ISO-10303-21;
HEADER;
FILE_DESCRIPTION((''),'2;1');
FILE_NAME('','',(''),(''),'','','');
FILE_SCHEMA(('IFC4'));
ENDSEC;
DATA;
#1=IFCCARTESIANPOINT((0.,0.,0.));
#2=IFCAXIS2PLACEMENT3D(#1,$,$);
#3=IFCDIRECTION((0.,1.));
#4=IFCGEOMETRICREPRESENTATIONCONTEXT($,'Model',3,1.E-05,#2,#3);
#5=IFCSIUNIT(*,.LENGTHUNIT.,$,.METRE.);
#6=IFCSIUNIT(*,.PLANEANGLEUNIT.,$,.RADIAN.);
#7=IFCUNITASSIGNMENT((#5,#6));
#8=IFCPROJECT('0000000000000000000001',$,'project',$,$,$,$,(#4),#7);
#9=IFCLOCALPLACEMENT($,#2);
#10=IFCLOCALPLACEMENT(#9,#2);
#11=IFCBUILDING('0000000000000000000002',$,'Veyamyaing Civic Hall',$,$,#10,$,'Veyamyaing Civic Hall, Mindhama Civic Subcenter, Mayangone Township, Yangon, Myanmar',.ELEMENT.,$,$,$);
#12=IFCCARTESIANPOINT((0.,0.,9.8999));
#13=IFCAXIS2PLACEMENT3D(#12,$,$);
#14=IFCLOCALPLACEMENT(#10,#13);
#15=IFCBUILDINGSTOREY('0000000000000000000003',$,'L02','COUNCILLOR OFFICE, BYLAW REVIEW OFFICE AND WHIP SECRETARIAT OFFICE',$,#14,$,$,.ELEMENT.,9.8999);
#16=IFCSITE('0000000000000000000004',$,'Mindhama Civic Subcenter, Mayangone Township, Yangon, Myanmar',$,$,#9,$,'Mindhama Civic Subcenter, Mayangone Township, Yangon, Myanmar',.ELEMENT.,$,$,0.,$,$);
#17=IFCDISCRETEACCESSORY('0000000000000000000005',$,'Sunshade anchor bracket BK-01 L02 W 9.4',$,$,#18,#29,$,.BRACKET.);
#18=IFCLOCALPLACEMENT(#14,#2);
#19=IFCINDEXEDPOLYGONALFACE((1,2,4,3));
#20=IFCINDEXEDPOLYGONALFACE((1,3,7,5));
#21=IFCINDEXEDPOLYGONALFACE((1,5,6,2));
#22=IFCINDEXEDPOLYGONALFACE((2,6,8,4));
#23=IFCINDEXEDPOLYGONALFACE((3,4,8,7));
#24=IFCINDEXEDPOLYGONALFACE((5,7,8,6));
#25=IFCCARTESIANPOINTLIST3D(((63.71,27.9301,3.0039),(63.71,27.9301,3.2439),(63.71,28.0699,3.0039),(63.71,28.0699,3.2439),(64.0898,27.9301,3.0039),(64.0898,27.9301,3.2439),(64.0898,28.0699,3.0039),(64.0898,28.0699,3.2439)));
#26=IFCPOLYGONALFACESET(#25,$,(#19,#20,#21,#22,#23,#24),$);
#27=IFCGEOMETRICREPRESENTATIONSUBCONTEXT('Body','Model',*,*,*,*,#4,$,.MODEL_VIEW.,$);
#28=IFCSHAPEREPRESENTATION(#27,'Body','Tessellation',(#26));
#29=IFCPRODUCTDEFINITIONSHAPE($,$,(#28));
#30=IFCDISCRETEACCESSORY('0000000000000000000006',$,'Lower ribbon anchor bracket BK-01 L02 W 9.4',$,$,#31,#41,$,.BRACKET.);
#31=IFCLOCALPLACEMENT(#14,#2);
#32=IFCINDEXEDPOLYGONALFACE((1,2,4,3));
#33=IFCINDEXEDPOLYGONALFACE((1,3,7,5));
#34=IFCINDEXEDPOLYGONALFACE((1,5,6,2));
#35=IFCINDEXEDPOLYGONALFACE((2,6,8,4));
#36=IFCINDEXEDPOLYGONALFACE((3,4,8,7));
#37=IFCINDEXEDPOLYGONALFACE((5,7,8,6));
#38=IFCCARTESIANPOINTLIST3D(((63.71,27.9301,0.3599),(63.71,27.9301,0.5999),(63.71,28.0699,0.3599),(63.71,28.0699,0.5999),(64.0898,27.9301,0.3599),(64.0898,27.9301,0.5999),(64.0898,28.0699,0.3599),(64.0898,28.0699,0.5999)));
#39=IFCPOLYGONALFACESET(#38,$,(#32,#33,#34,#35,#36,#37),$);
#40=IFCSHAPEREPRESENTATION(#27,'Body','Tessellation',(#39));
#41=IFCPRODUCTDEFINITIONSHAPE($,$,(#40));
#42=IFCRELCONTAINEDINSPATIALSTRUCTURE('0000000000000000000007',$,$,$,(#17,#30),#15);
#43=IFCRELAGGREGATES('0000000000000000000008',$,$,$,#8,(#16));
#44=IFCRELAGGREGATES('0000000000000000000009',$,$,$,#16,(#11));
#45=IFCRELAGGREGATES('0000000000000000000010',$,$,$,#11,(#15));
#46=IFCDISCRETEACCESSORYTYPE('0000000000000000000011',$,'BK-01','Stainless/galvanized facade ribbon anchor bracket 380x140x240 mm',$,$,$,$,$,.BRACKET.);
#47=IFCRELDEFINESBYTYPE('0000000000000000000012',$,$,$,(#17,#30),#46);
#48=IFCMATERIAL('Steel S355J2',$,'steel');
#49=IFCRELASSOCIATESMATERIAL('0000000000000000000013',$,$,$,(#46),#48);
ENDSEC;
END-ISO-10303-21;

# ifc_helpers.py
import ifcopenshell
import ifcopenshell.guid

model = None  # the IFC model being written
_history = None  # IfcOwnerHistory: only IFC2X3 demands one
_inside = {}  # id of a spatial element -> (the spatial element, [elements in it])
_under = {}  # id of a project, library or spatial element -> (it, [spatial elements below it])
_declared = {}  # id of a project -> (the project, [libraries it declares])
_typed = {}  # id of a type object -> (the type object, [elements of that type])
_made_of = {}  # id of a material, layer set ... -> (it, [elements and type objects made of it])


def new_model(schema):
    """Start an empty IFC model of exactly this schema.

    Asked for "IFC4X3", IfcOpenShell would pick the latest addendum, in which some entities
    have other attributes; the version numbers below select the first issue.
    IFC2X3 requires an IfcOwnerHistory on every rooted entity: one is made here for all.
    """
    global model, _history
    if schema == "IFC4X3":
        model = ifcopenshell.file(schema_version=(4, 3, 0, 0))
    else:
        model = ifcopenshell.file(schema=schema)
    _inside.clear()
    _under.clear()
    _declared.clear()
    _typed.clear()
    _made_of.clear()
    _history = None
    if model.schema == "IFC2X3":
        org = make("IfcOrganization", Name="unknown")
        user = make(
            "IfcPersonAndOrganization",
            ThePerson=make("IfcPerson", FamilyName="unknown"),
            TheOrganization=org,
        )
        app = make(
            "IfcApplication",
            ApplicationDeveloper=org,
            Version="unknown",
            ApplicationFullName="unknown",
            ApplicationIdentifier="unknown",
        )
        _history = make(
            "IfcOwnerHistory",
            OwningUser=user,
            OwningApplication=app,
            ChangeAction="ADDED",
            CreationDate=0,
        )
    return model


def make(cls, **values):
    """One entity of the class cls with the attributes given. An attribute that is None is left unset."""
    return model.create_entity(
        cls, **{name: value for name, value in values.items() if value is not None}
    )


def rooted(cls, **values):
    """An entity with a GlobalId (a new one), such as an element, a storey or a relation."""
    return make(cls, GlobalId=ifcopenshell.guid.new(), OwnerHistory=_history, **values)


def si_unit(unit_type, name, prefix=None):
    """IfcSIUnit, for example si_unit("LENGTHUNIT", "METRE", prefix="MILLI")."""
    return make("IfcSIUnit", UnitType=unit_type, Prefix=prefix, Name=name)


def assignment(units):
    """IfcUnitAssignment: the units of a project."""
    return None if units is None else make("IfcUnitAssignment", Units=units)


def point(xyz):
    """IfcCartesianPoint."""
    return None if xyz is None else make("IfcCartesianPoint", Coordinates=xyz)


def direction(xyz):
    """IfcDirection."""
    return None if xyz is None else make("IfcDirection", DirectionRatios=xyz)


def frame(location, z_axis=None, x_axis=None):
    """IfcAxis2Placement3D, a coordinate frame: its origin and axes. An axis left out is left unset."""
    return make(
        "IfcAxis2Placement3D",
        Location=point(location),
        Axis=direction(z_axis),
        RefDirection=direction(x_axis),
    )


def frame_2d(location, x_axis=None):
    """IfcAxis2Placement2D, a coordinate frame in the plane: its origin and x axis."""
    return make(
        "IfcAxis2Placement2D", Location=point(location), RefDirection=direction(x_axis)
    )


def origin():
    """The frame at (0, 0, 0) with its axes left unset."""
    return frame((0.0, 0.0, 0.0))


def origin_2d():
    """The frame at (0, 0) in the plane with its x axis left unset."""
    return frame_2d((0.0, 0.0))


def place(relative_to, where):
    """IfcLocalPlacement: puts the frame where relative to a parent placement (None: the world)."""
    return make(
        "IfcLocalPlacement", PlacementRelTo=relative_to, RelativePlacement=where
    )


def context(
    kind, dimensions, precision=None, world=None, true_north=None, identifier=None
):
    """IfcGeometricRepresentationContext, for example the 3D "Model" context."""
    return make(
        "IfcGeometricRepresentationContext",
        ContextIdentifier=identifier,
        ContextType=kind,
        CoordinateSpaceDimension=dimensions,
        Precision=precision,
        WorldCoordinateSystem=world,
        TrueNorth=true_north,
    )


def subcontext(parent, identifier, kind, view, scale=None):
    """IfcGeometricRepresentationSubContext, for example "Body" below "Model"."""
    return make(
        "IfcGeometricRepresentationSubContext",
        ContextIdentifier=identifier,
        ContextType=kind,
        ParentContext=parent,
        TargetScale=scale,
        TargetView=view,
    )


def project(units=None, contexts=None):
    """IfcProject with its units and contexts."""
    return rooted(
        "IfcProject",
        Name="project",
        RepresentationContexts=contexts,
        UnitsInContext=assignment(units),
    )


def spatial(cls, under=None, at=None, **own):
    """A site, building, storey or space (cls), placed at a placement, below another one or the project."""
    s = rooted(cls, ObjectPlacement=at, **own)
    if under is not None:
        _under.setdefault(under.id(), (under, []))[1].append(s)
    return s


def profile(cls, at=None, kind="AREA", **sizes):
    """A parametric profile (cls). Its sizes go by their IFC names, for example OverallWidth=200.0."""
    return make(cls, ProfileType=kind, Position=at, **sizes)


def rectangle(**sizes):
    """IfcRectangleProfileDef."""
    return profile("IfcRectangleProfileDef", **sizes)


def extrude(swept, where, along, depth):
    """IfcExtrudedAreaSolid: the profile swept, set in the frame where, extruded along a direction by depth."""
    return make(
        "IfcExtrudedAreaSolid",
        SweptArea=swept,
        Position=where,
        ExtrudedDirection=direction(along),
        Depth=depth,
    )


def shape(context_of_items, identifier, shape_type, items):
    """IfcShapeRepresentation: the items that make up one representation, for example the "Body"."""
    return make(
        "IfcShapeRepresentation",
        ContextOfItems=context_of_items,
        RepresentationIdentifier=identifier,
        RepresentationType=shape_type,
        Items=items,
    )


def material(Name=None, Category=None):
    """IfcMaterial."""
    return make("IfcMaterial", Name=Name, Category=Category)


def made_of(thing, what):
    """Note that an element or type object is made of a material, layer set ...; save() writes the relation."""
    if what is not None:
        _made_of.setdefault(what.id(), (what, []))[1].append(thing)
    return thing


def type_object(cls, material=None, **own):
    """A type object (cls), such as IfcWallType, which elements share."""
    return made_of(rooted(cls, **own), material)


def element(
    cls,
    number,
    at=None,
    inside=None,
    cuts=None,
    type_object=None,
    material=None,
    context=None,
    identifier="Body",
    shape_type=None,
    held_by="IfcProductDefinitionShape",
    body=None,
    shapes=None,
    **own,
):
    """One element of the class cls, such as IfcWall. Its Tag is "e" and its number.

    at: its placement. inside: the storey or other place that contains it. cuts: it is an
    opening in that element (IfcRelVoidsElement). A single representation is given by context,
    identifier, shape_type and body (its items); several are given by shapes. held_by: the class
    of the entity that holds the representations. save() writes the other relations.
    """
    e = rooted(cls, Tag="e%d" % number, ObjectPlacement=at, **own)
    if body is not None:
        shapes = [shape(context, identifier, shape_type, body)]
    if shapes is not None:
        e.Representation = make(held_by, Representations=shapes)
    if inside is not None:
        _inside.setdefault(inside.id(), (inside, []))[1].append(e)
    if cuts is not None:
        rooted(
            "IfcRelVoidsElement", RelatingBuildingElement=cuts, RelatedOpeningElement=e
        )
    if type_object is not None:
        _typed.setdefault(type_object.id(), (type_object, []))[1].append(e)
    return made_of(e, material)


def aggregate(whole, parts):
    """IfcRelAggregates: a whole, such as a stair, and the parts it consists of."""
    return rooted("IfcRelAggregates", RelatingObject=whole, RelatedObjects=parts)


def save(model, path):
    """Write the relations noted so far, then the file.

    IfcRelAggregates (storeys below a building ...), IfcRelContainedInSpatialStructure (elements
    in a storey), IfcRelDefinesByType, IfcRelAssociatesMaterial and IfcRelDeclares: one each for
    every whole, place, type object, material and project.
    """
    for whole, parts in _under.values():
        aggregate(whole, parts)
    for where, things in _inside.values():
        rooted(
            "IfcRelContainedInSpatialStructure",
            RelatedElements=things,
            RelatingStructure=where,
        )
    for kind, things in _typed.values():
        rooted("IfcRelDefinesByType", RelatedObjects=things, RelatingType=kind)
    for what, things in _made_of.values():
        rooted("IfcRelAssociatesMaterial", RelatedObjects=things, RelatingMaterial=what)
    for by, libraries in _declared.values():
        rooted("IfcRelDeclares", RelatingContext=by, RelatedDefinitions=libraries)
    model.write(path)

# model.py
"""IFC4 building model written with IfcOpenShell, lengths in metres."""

from ifc_helpers import new_model, si_unit, direction, frame, origin, origin_2d, place, context, subcontext, project, spatial, rectangle, extrude, material, type_object, element, save


model = new_model("IFC4")

# Units and contexts
model_context = context("Model", 3, precision=1e-05, world=origin(), true_north=direction((0.0, 1.0)))
body_context = subcontext(model_context, "Body", "Model", "MODEL_VIEW")
ifc_project = project(units=[si_unit("LENGTHUNIT", "METRE"), si_unit("PLANEANGLEUNIT", "RADIAN")], contexts=[model_context])

# Site, building, storey
site_placement = place(None, origin())
site = spatial("IfcSite", under=ifc_project, at=site_placement, Name="Mindhama Civic Subcenter, Mayangone Township, Yangon, Myanmar", LongName="Mindhama Civic Subcenter, Mayangone Township, Yangon, Myanmar", CompositionType="ELEMENT", RefElevation=0.0)
building_placement = place(site_placement, origin())
building = spatial("IfcBuilding", under=site, at=building_placement, Name="Veyamyaing Civic Hall", LongName="Veyamyaing Civic Hall, Mindhama Civic Subcenter, Mayangone Township, Yangon, Myanmar", CompositionType="ELEMENT")
storey_placement = place(building_placement, frame((0.0, 0.0, 9.8999)))
storey = spatial("IfcBuildingStorey", under=building, at=storey_placement, Name="L02", Description="COUNCILLOR OFFICE, BYLAW REVIEW OFFICE AND WHIP SECRETARIAT OFFICE", CompositionType="ELEMENT", Elevation=9.8999)

# Discrete accessories
ifc_material_1 = material(Name="Steel S355J2", Category="steel")
discrete_accessory_type = type_object("IfcDiscreteAccessoryType", Name="BK-01", Description="Stainless/galvanized facade ribbon anchor bracket 380x140x240 mm", PredefinedType="BRACKET", material=ifc_material_1)
for number, where, z_axis, x_axis, name in (
    (1, (63.8999, 28.0, 3.0039), (0.0, 0.0, 1.0), (-1.0, 0.0, 0.0), "Sunshade anchor bracket BK-01 L02 W 9.4"),
    (2, (63.8999, 28.0, 0.3599), (0.0, 0.0, 1.0), (-1.0, 0.0, 0.0), "Lower ribbon anchor bracket BK-01 L02 W 9.4"),
):
    element("IfcDiscreteAccessory", number, at=place(storey_placement, frame(where, z_axis=z_axis, x_axis=x_axis)), inside=storey, type_object=discrete_accessory_type, Name=name, PredefinedType="BRACKET", context=body_context, shape_type="SweptSolid", body=[
        extrude(rectangle(XDim=0.3799, YDim=0.1399, at=origin_2d()), origin(), (0.0, 0.0, 1.0), 0.24),
    ])

save(model, "model.ifc")
